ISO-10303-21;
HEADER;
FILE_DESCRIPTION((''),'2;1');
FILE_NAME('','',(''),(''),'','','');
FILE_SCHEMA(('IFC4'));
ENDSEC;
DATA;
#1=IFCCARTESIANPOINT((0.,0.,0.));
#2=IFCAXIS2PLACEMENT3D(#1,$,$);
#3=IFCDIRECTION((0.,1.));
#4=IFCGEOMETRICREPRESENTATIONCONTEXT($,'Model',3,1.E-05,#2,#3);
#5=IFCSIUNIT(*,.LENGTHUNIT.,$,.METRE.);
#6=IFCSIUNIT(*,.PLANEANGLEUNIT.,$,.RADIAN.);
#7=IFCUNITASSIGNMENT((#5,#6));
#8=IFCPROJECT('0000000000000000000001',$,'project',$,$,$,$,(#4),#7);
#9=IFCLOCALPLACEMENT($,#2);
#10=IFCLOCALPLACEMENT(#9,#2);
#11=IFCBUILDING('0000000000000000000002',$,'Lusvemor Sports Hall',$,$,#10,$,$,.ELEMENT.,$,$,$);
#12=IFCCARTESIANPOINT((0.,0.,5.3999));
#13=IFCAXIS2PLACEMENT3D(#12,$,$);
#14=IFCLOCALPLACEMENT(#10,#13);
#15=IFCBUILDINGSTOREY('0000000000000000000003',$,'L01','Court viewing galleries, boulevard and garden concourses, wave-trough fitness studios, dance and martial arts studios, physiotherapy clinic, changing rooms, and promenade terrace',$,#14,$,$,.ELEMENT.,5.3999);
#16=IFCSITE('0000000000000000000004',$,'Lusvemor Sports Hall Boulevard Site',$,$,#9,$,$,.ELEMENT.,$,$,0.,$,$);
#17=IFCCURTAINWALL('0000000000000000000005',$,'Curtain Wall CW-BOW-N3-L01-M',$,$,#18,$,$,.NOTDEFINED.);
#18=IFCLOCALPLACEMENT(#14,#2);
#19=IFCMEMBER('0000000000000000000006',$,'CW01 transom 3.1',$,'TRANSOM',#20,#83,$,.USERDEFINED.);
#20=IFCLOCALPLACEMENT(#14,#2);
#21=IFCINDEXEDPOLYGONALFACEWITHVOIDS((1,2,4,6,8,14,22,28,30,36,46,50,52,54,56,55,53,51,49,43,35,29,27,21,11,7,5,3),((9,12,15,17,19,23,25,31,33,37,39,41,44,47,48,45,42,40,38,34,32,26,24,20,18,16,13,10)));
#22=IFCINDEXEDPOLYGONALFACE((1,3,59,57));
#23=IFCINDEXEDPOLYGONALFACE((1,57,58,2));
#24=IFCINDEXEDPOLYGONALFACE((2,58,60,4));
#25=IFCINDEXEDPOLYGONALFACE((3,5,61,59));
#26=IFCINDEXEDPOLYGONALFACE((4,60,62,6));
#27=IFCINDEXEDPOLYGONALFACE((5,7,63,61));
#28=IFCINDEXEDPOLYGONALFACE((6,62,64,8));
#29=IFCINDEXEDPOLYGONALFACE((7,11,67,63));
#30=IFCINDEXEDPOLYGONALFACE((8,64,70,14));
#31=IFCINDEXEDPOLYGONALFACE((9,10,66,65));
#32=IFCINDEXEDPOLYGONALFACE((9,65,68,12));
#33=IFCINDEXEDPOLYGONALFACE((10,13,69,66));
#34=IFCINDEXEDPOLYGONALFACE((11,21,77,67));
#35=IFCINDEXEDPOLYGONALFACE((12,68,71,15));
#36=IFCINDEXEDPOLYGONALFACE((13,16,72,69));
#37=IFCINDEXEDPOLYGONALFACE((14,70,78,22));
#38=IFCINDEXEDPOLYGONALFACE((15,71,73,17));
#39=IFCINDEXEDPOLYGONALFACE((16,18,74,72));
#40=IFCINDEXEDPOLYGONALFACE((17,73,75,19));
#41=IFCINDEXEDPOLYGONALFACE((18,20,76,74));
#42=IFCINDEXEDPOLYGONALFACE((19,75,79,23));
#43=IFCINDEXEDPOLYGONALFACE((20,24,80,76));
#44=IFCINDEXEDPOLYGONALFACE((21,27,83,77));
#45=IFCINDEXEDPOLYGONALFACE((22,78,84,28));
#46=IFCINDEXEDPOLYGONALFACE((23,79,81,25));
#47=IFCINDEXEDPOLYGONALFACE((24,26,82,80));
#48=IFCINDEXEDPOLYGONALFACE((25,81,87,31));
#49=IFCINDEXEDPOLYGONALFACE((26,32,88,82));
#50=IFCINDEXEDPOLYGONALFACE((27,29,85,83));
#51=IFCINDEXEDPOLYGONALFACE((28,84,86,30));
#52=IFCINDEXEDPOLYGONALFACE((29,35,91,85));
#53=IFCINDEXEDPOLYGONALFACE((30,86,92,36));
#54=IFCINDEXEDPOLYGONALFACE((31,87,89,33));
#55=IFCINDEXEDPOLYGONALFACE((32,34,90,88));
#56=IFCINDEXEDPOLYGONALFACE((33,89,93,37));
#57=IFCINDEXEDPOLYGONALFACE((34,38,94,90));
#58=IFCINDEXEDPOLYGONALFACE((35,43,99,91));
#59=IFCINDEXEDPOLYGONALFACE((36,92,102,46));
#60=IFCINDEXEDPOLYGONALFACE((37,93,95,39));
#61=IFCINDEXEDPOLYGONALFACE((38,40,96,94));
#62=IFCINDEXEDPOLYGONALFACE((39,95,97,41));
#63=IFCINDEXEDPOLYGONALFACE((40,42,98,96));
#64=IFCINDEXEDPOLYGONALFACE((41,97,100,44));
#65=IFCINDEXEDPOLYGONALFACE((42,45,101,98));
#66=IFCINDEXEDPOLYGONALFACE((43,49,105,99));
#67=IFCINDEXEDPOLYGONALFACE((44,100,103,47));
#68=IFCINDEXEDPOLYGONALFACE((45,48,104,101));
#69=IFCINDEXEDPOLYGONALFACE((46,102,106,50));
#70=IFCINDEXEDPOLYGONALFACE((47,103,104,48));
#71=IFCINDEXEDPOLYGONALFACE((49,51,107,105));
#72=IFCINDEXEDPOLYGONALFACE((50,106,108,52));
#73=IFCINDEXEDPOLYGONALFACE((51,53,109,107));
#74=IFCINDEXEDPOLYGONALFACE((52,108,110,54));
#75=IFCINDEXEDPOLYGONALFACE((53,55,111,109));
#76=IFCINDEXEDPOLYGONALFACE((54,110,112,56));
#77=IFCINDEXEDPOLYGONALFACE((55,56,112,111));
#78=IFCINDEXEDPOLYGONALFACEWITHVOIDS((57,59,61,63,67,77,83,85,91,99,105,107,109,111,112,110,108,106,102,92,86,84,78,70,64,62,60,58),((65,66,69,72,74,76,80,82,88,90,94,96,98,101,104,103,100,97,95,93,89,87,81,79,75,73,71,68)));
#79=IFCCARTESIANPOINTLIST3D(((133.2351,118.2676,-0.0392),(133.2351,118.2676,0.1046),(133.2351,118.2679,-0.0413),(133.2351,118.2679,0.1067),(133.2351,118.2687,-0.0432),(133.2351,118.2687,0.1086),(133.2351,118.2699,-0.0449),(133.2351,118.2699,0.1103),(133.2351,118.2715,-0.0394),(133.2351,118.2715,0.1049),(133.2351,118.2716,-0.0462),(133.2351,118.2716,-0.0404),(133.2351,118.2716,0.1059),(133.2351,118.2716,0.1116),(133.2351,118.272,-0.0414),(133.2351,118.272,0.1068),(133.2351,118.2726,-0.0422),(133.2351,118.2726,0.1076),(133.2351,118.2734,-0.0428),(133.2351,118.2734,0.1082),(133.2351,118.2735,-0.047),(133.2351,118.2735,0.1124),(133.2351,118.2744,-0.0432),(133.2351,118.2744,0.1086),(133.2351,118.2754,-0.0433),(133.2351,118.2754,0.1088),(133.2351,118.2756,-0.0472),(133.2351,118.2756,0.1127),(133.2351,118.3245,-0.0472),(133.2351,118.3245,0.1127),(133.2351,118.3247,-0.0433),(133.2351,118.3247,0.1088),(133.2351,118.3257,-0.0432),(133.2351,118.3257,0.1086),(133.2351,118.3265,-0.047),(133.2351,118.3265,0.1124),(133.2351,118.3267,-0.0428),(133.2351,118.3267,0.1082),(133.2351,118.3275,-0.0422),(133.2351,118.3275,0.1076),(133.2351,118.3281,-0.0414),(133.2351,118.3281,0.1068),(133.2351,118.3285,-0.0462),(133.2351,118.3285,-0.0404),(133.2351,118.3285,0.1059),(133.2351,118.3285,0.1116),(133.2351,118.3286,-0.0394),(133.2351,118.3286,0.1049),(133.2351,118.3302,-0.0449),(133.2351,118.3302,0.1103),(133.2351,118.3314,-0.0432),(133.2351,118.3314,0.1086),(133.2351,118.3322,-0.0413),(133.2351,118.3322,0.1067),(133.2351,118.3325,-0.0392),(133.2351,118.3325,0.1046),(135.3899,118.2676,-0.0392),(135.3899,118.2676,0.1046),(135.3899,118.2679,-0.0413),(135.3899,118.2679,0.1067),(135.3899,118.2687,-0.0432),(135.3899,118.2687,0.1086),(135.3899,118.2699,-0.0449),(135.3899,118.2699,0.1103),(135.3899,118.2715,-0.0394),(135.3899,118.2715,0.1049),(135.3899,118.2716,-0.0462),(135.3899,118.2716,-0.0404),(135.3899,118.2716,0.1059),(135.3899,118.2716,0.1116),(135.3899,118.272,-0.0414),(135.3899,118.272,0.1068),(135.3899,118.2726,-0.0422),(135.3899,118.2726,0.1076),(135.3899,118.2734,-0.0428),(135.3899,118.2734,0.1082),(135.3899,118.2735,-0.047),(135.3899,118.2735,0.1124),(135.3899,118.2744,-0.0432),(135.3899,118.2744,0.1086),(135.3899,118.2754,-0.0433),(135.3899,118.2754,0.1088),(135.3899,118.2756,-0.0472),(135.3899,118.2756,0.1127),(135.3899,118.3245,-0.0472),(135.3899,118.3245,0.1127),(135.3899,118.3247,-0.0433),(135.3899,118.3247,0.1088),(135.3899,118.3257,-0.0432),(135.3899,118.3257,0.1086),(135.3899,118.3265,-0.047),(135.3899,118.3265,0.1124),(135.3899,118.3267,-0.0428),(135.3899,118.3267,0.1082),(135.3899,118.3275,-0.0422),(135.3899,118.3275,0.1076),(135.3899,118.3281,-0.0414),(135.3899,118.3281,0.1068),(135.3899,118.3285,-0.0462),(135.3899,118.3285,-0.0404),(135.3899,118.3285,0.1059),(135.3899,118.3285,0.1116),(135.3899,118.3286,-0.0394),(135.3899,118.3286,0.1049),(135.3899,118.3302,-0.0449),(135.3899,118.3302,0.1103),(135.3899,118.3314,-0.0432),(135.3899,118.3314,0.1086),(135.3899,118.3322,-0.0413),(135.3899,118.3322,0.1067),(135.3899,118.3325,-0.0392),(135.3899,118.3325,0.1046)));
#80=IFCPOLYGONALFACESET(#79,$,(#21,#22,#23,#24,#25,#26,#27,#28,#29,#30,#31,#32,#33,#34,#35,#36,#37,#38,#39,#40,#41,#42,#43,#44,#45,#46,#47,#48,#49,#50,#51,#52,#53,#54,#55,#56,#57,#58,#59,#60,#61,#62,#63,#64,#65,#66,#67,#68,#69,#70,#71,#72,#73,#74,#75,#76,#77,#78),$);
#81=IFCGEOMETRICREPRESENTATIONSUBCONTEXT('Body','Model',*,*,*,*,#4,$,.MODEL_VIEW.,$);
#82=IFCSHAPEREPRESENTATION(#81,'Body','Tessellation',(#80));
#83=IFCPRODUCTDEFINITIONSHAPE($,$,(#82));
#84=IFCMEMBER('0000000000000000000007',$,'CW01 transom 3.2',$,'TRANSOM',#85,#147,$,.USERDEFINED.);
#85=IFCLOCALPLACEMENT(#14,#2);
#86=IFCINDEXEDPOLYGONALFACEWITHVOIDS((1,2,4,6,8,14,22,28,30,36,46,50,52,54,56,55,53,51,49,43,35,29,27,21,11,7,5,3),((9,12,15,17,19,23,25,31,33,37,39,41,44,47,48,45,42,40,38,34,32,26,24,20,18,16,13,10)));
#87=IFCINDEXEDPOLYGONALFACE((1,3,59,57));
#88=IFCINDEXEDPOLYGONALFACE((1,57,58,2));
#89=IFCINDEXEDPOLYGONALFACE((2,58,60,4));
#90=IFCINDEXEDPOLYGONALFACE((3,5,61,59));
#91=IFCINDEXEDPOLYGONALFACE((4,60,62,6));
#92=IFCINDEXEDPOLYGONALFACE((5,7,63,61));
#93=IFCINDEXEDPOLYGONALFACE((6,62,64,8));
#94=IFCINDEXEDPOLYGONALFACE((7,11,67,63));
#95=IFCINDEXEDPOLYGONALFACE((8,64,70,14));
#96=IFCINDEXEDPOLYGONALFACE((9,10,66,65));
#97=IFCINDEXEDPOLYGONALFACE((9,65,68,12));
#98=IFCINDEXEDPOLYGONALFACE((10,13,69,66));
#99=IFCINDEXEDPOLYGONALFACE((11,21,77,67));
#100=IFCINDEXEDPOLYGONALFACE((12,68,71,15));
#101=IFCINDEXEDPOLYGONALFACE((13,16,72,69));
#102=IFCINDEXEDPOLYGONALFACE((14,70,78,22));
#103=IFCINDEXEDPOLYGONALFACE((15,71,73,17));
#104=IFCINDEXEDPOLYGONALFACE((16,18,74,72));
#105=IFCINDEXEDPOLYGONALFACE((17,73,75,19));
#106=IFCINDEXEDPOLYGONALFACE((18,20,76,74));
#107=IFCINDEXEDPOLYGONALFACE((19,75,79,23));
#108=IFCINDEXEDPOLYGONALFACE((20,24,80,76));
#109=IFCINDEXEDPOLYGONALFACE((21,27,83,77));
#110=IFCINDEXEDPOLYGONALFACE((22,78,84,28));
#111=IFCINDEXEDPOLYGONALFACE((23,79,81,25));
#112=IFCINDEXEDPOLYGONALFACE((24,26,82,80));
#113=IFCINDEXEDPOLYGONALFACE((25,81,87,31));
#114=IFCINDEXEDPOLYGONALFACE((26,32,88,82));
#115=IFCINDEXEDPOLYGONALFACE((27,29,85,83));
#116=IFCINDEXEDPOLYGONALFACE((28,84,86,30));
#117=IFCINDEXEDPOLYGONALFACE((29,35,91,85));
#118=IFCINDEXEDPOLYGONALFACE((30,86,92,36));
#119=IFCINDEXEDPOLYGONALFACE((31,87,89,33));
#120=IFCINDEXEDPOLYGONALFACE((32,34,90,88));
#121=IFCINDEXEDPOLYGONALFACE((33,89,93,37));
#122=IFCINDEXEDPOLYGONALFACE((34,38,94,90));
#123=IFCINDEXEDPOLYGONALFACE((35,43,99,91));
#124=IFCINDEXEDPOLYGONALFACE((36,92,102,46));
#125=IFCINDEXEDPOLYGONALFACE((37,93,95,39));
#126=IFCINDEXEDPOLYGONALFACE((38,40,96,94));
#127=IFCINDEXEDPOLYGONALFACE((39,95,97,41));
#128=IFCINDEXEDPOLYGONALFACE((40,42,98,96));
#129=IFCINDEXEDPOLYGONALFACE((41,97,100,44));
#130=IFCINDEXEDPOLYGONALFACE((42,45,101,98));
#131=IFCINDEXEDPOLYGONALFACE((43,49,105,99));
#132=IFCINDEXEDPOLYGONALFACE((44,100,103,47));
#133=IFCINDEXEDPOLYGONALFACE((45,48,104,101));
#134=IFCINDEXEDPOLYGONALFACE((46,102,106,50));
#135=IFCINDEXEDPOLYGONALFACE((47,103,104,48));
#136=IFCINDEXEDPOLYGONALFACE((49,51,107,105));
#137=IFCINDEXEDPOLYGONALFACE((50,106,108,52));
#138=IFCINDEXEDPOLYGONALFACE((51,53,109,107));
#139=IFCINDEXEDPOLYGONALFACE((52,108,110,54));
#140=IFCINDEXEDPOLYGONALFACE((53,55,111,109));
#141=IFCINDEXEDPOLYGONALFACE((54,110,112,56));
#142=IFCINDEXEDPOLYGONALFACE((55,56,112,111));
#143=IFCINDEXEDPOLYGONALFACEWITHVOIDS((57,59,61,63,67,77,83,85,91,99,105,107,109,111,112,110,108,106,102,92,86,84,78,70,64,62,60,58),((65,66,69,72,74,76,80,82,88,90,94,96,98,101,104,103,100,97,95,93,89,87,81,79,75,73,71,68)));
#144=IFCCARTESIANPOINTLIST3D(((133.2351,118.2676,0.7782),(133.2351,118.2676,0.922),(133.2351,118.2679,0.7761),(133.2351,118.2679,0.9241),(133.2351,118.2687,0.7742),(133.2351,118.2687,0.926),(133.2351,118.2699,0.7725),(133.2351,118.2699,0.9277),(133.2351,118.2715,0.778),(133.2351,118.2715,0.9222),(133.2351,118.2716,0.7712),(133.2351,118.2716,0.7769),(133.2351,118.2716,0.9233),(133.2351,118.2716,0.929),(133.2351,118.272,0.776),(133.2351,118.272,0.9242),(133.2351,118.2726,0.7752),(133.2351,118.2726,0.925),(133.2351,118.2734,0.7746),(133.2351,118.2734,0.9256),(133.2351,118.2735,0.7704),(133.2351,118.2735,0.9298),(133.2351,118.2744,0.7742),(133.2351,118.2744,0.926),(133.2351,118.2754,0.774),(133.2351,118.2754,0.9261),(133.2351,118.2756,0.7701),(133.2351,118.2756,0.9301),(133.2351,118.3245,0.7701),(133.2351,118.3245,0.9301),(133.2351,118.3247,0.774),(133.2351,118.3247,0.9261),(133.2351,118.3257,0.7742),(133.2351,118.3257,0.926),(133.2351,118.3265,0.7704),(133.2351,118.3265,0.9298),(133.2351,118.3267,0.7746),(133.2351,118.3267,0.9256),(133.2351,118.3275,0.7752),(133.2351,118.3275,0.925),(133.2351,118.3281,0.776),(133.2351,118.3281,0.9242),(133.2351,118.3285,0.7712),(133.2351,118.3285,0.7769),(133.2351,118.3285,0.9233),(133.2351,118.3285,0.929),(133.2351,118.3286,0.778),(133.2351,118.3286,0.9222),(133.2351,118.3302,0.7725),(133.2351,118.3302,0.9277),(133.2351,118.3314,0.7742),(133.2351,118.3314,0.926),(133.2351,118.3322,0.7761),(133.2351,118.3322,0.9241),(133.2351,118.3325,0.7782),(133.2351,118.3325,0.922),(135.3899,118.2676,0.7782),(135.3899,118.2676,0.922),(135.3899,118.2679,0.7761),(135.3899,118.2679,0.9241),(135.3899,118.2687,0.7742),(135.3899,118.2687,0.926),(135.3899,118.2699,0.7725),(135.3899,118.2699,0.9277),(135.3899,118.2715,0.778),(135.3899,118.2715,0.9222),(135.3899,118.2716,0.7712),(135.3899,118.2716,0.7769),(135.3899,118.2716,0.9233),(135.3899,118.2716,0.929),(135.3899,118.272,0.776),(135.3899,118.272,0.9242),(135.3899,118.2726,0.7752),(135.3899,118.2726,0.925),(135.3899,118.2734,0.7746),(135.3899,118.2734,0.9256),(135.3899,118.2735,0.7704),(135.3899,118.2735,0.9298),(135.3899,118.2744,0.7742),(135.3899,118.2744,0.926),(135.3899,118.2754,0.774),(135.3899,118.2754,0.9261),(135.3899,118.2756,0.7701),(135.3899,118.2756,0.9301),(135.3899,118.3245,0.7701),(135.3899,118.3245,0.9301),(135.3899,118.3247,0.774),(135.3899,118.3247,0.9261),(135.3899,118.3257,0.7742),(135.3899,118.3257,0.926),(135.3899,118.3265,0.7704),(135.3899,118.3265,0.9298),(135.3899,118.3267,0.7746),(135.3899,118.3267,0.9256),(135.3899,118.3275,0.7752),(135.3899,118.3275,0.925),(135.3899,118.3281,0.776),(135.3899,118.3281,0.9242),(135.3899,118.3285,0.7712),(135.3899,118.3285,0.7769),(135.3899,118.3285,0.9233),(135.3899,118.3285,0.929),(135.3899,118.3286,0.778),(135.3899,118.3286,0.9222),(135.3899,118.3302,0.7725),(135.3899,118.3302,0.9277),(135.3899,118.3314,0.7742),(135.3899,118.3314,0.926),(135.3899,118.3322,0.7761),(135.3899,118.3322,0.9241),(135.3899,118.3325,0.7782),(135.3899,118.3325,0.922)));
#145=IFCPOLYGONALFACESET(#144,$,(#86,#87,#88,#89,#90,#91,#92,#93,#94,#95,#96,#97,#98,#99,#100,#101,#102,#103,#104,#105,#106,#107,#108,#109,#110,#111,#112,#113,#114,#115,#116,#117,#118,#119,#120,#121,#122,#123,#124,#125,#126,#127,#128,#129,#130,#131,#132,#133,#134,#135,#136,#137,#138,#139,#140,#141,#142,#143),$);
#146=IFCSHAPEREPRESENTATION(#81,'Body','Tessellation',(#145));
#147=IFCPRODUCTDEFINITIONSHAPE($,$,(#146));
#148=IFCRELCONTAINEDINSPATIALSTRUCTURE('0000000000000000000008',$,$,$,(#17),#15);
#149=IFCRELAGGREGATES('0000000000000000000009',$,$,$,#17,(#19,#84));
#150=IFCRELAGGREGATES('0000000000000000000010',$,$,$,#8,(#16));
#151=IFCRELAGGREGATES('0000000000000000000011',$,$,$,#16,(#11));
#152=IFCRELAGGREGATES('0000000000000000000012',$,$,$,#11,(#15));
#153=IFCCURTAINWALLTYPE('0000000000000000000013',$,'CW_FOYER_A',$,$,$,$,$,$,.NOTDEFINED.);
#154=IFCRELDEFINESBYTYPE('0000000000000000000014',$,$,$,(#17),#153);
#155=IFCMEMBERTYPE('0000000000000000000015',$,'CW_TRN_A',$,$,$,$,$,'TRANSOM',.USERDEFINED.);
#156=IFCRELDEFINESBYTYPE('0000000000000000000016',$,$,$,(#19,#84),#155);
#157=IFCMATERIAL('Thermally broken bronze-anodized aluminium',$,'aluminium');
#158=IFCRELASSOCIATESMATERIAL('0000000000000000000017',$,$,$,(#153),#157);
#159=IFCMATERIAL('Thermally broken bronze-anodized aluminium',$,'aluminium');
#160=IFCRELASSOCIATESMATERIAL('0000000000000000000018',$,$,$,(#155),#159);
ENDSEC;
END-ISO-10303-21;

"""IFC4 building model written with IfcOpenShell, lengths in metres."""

from ifc_helpers import new_model, si_unit, direction, frame, origin, origin_2d, place, context, subcontext, project, spatial, hollow_rectangle, extrude, material, material_profile, profile_set, type_object, element, aggregate, save


model = new_model("IFC4")

# Units and contexts
model_context = context("Model", 3, precision=1e-05, world=origin(), true_north=direction((0.0, 1.0)))
body_context = subcontext(model_context, "Body", "Model", "MODEL_VIEW")
ifc_project = project(units=[si_unit("LENGTHUNIT", "METRE"), si_unit("PLANEANGLEUNIT", "RADIAN")], contexts=[model_context])

# Site, building, storey
site_placement = place(None, origin())
site = spatial("IfcSite", under=ifc_project, at=site_placement, Name="Lusvemor Sports Hall Boulevard Site", CompositionType="ELEMENT", RefElevation=0.0)
building_placement = place(site_placement, origin())
building = spatial("IfcBuilding", under=site, at=building_placement, Name="Lusvemor Sports Hall", CompositionType="ELEMENT")
storey_placement = place(building_placement, frame((0.0, 0.0, 5.3999)))
storey = spatial("IfcBuildingStorey", under=building, at=storey_placement, Name="L01", Description="Court viewing galleries, boulevard and garden concourses, wave-trough fitness studios, dance and martial arts studios, physiotherapy clinic, changing rooms, and promenade terrace", CompositionType="ELEMENT", Elevation=5.3999)

# Curtain wall
ifc_material_1 = material(Name="Thermally broken bronze-anodized aluminium", Category="aluminium")
curtain_wall_type_1 = type_object("IfcCurtainWallType", Name="CW_FOYER_A", PredefinedType="NOTDEFINED", material=ifc_material_1)
curtain_wall_1_placement = place(storey_placement, origin())
curtain_wall_1 = element("IfcCurtainWall", 1, at=curtain_wall_1_placement, inside=storey, type_object=curtain_wall_type_1, Name="Curtain Wall CW-BOW-N3-L01-M", PredefinedType="NOTDEFINED")

# Members
ifc_material_2 = material(Name="Thermally broken bronze-anodized aluminium", Category="aluminium")
ifc_material_profile_1 = material_profile(ifc_material_2, hollow_rectangle(XDim=0.0649, YDim=0.1599, WallThickness=0.0039, InnerFilletRadius=0.0039, OuterFilletRadius=0.0081, at=origin_2d()), Name="CWTRN160x65x4")
ifc_profile_set_1 = profile_set([ifc_material_profile_1], Name="Thermally broken bronze-anodized aluminium")
member_type_1 = type_object("IfcMemberType", Name="CW_TRN_A", ElementType="TRANSOM", PredefinedType="USERDEFINED", material=ifc_profile_set_1)
member_1_placement = place(storey_placement, frame((133.2351, 118.3, 0.0327), z_axis=(1.0, 0.0, 0.0), x_axis=(0.0, 1.0, 0.0)))
member_1 = element("IfcMember", 2, at=member_1_placement, type_object=member_type_1, Name="CW01 transom 3.1", ObjectType="TRANSOM", PredefinedType="USERDEFINED", context=body_context, shape_type="SweptSolid", body=[
    extrude(hollow_rectangle(XDim=0.0649, YDim=0.1599, WallThickness=0.0039, InnerFilletRadius=0.0039, OuterFilletRadius=0.0081, at=origin_2d()), origin(), (0.0, 0.0, 1.0), 2.1548),
])
member_2_placement = place(storey_placement, frame((133.2351, 118.3, 0.8501), z_axis=(1.0, 0.0, 0.0), x_axis=(0.0, 1.0, 0.0)))
member_2 = element("IfcMember", 3, at=member_2_placement, type_object=member_type_1, Name="CW01 transom 3.2", ObjectType="TRANSOM", PredefinedType="USERDEFINED", context=body_context, shape_type="SweptSolid", body=[
    extrude(hollow_rectangle(XDim=0.0649, YDim=0.1599, WallThickness=0.0039, InnerFilletRadius=0.0039, OuterFilletRadius=0.0081, at=origin_2d()), origin(), (0.0, 0.0, 1.0), 2.1548),
])

aggregate(curtain_wall_1, [member_1, member_2])

save(model, "model.ifc")
